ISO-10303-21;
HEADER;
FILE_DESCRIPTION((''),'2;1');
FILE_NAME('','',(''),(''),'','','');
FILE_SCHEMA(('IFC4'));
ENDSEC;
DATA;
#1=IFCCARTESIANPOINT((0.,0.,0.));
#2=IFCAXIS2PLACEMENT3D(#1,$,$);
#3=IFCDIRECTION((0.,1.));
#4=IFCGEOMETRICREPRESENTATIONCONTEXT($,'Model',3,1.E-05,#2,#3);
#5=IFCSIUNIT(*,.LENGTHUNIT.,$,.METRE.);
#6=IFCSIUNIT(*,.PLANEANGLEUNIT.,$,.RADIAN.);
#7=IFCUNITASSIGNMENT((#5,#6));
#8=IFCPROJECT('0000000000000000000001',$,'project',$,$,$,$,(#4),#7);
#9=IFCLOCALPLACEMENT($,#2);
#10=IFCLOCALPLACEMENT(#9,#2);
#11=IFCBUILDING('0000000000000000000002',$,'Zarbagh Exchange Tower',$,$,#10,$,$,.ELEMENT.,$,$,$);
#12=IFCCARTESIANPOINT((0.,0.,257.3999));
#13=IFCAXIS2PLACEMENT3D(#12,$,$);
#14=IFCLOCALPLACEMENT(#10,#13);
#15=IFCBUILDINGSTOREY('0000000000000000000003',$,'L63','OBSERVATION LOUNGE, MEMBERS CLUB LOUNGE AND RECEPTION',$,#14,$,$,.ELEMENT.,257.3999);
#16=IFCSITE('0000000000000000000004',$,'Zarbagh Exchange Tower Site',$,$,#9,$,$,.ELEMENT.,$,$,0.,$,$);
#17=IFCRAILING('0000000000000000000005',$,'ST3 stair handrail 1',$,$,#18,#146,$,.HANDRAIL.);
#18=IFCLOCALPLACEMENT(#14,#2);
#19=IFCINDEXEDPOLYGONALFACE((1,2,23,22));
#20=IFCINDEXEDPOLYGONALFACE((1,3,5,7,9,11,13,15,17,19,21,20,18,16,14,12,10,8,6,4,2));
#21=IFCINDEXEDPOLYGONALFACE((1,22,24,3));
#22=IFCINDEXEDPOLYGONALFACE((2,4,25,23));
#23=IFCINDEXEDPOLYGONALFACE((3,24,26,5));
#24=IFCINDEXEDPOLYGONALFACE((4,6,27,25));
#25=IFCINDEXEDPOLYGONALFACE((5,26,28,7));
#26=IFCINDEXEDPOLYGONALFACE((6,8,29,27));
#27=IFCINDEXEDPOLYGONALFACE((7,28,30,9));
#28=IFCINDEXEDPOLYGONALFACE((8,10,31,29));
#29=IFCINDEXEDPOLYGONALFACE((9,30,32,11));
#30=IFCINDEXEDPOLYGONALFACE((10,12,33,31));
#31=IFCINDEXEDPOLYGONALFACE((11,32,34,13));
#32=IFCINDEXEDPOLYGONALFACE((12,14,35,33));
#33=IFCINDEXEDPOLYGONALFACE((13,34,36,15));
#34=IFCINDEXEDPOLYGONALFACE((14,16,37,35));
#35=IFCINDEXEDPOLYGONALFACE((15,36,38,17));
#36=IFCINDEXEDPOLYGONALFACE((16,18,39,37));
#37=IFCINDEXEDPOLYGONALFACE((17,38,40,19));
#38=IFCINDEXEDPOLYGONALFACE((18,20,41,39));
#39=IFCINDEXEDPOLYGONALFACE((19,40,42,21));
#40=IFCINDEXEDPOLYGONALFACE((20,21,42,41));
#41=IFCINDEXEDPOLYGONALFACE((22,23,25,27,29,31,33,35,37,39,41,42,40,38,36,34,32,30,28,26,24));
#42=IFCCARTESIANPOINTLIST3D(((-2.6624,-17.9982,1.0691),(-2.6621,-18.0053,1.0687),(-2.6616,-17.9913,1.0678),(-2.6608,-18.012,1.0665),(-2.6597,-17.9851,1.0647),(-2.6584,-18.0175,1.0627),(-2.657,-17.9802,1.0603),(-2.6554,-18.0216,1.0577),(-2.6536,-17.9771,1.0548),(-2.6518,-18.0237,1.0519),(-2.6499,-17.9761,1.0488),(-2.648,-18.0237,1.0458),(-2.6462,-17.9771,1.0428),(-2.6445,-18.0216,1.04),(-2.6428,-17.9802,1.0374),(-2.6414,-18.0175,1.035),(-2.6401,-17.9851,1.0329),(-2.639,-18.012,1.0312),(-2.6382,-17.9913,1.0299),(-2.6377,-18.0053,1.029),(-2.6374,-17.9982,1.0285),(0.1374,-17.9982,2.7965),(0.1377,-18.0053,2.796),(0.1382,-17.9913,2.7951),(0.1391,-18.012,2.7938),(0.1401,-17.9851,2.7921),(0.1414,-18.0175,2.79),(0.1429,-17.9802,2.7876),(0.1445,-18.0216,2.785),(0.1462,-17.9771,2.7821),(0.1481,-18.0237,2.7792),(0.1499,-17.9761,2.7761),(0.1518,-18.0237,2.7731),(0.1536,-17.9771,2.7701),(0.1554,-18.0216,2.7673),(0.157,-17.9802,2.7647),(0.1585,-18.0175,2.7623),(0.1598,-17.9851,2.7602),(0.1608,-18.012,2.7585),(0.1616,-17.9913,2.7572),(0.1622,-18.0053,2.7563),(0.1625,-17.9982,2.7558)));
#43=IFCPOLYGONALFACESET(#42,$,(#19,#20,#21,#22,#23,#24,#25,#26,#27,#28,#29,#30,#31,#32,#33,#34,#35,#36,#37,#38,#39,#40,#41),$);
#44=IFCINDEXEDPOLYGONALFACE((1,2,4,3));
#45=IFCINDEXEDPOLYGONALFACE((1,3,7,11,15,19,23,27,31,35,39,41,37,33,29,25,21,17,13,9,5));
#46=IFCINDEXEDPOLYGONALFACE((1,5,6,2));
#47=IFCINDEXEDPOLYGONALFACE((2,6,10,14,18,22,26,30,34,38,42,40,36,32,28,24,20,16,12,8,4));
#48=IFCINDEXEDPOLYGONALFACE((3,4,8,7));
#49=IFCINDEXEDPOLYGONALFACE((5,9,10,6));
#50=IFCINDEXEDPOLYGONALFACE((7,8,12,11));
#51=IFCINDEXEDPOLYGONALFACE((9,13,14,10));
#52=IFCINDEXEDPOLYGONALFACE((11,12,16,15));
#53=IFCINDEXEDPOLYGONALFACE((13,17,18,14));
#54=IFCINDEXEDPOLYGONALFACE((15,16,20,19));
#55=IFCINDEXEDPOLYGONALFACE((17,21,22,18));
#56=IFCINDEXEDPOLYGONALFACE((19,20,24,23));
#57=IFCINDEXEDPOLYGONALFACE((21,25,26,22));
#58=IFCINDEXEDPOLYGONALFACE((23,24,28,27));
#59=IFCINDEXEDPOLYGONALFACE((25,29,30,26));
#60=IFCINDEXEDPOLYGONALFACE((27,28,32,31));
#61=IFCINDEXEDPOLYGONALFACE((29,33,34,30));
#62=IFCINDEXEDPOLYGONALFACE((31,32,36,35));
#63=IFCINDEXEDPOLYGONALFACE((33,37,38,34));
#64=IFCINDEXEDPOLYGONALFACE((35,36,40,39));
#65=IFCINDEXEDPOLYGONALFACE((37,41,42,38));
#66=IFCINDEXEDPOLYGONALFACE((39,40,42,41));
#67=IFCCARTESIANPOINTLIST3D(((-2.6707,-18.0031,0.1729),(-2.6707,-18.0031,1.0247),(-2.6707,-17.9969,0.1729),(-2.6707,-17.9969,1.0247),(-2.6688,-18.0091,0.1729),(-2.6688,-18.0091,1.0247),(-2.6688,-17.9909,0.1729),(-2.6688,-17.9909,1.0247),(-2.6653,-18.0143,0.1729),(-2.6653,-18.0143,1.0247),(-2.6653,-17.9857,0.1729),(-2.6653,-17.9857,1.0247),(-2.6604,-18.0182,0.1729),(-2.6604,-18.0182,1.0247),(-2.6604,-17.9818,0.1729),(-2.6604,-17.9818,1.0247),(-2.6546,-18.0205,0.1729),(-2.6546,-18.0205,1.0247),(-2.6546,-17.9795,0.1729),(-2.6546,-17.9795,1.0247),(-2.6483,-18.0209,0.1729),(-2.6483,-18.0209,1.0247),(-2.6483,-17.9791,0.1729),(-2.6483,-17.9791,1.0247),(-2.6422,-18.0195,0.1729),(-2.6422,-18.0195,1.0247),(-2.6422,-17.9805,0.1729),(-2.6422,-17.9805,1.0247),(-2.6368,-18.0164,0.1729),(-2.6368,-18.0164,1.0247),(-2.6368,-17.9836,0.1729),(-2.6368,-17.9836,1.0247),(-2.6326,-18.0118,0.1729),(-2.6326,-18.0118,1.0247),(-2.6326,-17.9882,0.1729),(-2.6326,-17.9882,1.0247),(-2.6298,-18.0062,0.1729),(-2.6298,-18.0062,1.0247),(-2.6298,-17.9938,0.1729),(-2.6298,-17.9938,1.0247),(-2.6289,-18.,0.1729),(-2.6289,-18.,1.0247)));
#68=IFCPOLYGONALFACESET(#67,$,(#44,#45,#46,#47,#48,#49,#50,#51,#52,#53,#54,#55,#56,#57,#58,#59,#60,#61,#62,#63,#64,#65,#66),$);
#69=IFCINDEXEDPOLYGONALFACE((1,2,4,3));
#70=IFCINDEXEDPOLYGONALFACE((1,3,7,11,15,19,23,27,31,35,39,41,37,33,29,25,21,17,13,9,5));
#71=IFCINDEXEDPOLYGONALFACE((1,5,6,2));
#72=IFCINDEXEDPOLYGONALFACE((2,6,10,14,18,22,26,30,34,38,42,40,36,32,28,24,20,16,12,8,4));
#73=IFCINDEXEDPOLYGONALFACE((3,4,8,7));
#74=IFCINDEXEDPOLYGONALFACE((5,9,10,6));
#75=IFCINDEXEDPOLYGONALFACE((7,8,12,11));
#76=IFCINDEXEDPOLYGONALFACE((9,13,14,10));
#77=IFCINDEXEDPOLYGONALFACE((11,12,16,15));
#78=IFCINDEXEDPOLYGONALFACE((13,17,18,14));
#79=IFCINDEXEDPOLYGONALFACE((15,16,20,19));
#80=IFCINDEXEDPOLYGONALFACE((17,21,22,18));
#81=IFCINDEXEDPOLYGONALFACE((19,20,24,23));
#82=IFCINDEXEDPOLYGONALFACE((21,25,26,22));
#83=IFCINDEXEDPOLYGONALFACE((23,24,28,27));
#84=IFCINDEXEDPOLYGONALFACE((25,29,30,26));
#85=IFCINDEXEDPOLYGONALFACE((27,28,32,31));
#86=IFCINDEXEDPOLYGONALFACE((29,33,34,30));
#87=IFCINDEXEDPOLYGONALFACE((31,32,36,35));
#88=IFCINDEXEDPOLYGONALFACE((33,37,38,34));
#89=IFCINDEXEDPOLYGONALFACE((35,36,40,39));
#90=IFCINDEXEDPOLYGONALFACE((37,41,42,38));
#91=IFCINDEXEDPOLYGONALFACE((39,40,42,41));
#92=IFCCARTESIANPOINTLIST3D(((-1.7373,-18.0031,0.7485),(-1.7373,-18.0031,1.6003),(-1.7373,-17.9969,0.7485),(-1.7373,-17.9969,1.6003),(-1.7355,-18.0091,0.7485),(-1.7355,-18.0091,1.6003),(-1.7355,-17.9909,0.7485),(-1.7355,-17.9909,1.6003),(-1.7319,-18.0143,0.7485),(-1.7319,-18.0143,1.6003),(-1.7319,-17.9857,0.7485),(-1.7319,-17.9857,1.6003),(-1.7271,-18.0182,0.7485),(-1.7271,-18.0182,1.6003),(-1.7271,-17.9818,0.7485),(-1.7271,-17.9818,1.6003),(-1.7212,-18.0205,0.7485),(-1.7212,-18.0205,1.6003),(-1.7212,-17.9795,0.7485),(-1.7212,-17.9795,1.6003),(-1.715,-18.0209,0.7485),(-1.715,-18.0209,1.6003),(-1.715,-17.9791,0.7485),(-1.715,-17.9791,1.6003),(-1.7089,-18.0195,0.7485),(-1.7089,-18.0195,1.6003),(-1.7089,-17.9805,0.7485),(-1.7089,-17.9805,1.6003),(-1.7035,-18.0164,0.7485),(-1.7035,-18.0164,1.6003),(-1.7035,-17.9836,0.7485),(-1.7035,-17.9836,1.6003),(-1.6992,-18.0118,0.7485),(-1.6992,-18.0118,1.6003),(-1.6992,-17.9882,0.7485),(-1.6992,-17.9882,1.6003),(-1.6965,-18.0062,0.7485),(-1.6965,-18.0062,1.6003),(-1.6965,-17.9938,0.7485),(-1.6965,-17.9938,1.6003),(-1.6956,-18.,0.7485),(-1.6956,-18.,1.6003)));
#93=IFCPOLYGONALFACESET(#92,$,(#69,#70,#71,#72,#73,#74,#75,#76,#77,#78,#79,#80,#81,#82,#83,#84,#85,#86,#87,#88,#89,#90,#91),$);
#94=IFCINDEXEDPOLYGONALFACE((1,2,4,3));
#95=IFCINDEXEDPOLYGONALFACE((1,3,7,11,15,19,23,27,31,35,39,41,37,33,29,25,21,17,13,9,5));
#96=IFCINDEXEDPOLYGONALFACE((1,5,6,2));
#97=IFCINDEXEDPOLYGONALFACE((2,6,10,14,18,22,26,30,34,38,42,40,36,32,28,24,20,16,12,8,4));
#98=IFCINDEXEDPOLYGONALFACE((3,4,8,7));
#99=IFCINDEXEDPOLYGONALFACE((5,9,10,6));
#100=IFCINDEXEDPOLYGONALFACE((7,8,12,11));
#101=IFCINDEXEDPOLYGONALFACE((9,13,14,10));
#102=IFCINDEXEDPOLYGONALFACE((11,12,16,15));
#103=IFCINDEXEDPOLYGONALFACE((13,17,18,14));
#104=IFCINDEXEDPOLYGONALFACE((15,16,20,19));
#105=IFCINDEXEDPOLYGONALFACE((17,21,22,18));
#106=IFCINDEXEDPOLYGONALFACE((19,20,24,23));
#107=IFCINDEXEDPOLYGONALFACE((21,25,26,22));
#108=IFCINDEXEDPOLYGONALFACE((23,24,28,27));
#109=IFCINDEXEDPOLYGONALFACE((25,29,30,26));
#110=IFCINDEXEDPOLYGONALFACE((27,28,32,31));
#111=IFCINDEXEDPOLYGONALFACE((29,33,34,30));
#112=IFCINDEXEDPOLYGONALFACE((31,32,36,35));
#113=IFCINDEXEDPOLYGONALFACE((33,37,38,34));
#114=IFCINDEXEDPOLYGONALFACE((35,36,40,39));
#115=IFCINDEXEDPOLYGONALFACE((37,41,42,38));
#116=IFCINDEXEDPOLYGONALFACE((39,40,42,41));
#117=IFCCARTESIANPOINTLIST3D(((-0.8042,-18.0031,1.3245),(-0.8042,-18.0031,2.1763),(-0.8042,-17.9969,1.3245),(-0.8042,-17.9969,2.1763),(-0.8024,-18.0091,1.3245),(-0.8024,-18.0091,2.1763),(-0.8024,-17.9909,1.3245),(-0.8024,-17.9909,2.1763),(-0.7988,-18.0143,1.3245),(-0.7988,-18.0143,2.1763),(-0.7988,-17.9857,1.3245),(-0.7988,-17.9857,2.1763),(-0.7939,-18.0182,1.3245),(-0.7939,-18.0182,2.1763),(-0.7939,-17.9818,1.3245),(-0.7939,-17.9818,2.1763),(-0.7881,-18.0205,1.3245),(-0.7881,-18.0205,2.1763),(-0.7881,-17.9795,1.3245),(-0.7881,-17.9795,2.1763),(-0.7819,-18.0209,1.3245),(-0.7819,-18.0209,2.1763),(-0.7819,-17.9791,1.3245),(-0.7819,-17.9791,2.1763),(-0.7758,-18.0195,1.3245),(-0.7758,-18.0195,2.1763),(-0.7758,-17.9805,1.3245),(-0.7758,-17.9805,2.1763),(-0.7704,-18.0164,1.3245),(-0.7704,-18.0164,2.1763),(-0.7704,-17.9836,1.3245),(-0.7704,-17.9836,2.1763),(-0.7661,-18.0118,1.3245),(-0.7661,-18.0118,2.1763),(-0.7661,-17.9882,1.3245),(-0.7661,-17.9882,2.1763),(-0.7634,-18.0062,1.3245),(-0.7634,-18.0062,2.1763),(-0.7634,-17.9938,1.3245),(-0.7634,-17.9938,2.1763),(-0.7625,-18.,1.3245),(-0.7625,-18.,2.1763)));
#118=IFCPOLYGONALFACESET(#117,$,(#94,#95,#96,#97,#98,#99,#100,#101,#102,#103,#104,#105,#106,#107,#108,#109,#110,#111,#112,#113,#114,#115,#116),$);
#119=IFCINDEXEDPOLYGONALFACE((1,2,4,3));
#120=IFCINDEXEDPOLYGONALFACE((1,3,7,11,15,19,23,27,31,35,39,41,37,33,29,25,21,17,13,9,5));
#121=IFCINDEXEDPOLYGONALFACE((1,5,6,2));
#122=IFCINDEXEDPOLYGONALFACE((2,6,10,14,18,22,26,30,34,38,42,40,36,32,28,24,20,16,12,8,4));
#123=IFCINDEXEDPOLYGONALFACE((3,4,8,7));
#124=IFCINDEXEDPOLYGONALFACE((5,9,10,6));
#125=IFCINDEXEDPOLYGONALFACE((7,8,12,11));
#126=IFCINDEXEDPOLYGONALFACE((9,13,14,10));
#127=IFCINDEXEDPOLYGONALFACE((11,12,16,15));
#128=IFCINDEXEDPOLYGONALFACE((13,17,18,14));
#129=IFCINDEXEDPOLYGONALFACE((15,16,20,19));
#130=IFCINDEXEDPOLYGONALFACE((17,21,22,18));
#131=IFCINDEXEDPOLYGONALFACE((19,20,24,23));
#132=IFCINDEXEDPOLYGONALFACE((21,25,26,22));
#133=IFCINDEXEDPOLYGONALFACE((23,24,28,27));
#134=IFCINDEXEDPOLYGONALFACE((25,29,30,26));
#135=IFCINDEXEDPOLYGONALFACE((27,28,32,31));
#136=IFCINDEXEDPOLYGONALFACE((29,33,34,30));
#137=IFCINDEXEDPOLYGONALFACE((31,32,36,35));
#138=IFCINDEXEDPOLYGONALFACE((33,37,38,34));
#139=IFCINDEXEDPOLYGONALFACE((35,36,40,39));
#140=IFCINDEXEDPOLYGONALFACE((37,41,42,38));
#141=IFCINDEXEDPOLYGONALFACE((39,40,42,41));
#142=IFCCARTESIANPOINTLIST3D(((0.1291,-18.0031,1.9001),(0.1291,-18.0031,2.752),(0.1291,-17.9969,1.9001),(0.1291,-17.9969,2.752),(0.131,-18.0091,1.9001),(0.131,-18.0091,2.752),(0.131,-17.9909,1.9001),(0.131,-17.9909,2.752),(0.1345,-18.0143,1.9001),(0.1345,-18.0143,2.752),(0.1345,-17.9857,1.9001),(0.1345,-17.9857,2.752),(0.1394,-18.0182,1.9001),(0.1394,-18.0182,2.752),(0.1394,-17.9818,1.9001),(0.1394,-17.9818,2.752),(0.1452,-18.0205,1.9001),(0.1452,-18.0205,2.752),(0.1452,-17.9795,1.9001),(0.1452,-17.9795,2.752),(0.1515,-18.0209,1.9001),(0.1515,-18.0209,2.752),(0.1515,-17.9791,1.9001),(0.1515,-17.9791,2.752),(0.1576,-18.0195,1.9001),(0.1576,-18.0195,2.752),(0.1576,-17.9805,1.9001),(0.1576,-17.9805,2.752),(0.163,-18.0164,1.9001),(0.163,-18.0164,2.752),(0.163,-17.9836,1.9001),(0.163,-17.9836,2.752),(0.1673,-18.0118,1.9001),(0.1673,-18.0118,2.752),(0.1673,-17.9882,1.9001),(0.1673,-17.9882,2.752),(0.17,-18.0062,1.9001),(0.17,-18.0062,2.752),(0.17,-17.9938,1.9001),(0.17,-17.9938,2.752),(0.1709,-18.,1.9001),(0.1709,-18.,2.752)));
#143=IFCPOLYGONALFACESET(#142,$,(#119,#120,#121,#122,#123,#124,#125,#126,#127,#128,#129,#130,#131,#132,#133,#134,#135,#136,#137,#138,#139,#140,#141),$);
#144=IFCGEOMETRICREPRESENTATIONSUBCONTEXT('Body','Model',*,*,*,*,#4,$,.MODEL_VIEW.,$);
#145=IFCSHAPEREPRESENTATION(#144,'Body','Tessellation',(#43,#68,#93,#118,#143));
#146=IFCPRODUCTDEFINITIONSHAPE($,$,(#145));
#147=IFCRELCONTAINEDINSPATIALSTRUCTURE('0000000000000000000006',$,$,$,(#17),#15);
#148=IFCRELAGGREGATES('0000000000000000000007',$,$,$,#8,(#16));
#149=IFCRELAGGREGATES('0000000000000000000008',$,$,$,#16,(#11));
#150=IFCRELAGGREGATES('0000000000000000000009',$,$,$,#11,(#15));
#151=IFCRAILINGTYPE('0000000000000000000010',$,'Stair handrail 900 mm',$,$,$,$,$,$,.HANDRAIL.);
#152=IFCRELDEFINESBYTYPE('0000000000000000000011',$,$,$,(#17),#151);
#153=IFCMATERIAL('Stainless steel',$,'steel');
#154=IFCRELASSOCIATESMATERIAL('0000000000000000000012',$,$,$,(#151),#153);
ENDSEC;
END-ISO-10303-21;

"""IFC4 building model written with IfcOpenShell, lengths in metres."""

from ifc_helpers import new_model, si_unit, direction, frame, origin, origin_2d, place, context, subcontext, project, spatial, circle, extrude, material, type_object, element, save


model = new_model("IFC4")

# Units and contexts
model_context = context("Model", 3, precision=1e-05, world=origin(), true_north=direction((0.0, 1.0)))
body_context = subcontext(model_context, "Body", "Model", "MODEL_VIEW")
ifc_project = project(units=[si_unit("LENGTHUNIT", "METRE"), si_unit("PLANEANGLEUNIT", "RADIAN")], contexts=[model_context])

# Site, building, storey
site_placement = place(None, origin())
site = spatial("IfcSite", under=ifc_project, at=site_placement, Name="Zarbagh Exchange Tower Site", CompositionType="ELEMENT", RefElevation=0.0)
building_placement = place(site_placement, origin())
building = spatial("IfcBuilding", under=site, at=building_placement, Name="Zarbagh Exchange Tower", CompositionType="ELEMENT")
storey_placement = place(building_placement, frame((0.0, 0.0, 257.3999)))
storey = spatial("IfcBuildingStorey", under=building, at=storey_placement, Name="L63", Description="OBSERVATION LOUNGE, MEMBERS CLUB LOUNGE AND RECEPTION", CompositionType="ELEMENT", Elevation=257.3999)

# Railing
ifc_material_1 = material(Name="Stainless steel", Category="steel")
railing_type = type_object("IfcRailingType", Name="Stair handrail 900 mm", PredefinedType="HANDRAIL", material=ifc_material_1)
railing_placement = place(storey_placement, frame((-2.6499, -18.0, 0.1729)))
element("IfcRailing", 1, at=railing_placement, inside=storey, type_object=railing_type, Name="ST3 stair handrail 1", PredefinedType="HANDRAIL", context=body_context, shape_type="SweptSolid", body=[
    extrude(circle(Radius=0.0239, at=origin_2d()), frame((0.0, 0.0, 0.876), z_axis=(0.851069, 0.0, 0.525054), x_axis=(0.0, 1.0, 0.0)), (0.0, 0.0, 1.0), 3.2898),
    extrude(circle(Radius=0.021, at=origin_2d()), origin(), (0.0, 0.0, 1.0), 0.8518),
    extrude(circle(Radius=0.021, at=origin_2d()), frame((0.9333, 0.0, 0.5757)), (0.0, 0.0, 1.0), 0.8518),
    extrude(circle(Radius=0.021, at=origin_2d()), frame((1.8665, 0.0, 1.1516)), (0.0, 0.0, 1.0), 0.8518),
    extrude(circle(Radius=0.021, at=origin_2d()), frame((2.7998, 0.0, 1.7273)), (0.0, 0.0, 1.0), 0.8518),
])

save(model, "model.ifc")
